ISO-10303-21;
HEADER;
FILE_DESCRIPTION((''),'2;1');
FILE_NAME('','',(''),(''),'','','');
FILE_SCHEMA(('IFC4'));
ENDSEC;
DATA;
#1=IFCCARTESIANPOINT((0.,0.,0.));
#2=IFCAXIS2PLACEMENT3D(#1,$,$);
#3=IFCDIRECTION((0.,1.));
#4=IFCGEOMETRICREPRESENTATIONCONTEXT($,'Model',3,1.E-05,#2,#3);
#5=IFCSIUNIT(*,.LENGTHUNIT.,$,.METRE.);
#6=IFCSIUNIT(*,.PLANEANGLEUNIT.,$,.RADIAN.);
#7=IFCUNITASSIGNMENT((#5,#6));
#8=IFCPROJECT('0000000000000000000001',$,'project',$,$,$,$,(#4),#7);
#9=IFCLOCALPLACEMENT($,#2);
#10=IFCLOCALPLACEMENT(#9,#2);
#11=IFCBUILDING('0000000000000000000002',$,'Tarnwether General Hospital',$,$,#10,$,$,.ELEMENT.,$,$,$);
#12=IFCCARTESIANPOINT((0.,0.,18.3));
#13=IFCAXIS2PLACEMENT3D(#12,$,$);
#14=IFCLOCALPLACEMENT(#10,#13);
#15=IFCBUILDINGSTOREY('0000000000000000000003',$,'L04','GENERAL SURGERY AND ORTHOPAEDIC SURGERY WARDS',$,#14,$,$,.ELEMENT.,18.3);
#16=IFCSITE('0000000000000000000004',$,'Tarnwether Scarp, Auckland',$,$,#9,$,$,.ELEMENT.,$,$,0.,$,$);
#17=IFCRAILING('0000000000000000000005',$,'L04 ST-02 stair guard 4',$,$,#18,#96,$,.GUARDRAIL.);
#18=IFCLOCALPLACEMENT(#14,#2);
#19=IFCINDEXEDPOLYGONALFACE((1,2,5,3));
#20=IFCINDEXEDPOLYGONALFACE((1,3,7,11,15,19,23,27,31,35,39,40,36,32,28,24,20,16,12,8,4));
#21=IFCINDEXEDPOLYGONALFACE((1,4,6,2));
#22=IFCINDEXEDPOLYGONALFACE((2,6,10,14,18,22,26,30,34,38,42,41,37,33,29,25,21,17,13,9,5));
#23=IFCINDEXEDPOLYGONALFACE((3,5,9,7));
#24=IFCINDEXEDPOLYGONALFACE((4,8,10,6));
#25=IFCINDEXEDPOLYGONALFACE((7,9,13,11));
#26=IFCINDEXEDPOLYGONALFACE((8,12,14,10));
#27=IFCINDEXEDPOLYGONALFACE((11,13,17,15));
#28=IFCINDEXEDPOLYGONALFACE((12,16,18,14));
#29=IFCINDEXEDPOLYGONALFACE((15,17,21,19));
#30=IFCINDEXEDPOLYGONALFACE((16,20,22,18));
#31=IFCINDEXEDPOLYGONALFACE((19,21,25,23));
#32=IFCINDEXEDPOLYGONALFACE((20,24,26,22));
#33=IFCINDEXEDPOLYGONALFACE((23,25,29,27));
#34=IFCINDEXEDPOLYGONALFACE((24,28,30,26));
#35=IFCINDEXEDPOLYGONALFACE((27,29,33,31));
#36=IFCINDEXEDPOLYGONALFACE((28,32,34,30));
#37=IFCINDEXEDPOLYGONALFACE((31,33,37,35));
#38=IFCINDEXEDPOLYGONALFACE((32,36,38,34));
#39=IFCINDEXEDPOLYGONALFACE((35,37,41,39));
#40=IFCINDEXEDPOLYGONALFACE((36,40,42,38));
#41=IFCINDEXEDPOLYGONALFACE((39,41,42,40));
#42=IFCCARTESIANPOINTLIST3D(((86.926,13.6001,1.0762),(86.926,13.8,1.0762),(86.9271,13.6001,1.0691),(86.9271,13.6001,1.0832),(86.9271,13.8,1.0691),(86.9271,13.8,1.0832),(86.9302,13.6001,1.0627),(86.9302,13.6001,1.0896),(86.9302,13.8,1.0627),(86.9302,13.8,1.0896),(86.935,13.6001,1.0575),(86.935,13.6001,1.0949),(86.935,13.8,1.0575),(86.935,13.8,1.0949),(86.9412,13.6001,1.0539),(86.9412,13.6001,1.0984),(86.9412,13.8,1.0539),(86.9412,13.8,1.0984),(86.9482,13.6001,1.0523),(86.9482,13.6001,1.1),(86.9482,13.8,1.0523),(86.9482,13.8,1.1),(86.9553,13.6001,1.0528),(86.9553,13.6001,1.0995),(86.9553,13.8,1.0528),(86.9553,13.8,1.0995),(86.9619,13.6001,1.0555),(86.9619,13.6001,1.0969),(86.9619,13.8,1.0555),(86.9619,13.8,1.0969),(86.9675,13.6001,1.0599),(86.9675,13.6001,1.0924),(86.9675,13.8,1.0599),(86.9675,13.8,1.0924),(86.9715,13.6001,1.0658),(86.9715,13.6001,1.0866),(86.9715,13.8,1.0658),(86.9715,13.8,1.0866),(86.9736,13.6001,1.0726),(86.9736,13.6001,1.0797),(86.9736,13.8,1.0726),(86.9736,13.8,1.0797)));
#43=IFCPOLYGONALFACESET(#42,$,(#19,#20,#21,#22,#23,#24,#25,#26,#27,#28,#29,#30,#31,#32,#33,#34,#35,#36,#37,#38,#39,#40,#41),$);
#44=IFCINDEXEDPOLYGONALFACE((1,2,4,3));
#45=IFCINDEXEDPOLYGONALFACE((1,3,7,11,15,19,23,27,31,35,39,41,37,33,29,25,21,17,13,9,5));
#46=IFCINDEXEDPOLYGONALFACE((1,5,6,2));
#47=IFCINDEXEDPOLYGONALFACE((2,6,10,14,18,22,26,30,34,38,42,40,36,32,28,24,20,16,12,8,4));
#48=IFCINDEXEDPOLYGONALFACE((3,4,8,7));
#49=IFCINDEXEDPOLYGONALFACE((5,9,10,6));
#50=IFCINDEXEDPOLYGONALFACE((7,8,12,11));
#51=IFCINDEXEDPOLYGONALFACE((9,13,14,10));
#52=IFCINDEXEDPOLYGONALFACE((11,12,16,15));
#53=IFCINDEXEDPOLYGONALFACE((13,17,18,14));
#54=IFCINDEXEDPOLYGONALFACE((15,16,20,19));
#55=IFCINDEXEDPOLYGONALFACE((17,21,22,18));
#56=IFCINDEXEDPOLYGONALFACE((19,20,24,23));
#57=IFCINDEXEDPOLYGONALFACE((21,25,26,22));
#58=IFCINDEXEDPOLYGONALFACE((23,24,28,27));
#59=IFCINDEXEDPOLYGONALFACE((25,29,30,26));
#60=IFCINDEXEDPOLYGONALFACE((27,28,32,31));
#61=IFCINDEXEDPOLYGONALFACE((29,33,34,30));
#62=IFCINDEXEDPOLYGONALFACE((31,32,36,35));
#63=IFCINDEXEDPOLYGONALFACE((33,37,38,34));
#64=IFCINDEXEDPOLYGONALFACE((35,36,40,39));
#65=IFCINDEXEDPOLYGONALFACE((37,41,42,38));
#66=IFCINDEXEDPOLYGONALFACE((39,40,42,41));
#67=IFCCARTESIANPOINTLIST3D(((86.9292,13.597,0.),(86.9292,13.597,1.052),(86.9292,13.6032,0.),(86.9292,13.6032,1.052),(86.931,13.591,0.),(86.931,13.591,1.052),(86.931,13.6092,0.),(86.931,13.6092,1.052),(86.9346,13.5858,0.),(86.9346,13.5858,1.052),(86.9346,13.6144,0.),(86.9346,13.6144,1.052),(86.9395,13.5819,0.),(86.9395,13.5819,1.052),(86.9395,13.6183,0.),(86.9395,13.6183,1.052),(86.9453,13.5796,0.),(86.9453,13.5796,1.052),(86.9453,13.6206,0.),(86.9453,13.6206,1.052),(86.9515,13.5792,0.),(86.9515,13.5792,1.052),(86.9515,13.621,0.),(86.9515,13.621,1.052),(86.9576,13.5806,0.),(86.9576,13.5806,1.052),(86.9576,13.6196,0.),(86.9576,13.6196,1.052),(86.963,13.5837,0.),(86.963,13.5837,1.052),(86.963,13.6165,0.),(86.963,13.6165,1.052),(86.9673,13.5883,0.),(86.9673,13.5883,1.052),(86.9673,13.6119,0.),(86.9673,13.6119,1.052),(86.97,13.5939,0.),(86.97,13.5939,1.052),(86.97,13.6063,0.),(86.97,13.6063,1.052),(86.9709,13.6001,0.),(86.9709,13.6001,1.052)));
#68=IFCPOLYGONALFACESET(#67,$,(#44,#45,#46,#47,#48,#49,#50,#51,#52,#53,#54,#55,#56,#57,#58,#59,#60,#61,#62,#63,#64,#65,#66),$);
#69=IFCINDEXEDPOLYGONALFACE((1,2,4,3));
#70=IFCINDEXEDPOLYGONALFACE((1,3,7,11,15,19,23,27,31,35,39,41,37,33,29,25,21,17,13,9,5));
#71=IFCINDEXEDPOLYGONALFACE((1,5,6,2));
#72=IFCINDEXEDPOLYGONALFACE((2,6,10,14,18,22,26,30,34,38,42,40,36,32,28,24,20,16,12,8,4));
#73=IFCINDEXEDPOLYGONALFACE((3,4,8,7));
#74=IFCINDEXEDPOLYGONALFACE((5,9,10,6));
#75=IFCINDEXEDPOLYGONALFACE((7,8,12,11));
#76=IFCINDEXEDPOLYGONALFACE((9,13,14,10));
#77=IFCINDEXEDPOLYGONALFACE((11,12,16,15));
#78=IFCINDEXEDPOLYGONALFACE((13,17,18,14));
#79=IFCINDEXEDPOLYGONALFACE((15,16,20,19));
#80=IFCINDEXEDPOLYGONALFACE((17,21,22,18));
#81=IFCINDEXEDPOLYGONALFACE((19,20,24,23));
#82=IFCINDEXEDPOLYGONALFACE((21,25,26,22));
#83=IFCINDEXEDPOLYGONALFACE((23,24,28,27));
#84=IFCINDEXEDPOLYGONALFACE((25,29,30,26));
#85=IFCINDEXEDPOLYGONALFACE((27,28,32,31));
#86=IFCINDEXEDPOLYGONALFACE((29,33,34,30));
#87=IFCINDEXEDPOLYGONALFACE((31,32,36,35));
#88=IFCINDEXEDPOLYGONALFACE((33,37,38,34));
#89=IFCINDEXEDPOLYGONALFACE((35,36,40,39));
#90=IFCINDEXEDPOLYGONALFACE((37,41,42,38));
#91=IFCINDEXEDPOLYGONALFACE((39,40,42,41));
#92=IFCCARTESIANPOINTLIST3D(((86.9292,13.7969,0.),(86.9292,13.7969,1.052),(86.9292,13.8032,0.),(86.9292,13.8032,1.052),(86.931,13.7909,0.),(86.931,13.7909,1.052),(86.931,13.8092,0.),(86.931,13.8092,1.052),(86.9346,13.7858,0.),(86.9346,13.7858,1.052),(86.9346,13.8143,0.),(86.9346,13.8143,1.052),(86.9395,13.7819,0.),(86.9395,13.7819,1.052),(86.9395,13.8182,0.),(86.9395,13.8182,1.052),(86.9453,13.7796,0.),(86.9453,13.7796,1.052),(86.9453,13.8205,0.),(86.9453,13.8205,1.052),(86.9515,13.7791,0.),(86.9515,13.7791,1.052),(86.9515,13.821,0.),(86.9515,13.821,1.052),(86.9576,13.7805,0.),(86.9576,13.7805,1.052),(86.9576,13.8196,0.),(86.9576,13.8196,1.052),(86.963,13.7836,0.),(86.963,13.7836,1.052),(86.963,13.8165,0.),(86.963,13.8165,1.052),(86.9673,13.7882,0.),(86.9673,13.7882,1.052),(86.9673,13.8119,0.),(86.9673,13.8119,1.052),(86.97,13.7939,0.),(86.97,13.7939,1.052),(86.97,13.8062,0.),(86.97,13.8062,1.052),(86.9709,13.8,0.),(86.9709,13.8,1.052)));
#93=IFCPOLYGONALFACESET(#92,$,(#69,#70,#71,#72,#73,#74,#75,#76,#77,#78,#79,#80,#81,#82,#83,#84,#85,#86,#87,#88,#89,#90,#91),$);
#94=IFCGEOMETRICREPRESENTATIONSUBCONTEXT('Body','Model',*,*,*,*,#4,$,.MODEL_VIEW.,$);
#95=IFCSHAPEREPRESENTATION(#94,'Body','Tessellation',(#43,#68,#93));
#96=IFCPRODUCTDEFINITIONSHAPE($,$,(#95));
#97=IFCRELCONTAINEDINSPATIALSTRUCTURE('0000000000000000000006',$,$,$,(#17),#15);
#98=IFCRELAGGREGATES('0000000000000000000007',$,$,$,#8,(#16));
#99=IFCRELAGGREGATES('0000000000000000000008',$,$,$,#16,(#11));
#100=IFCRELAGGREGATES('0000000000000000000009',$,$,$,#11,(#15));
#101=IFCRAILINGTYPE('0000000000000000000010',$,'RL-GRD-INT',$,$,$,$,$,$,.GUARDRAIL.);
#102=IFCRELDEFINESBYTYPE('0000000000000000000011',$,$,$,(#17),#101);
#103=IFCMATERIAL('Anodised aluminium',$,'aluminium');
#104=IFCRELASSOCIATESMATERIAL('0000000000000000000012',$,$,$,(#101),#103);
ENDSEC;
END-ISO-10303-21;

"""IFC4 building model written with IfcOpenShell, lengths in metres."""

from ifc_helpers import new_model, si_unit, direction, frame, origin, origin_2d, place, context, subcontext, project, spatial, circle, extrude, material, type_object, element, save


model = new_model("IFC4")

# Units and contexts
model_context = context("Model", 3, precision=1e-05, world=origin(), true_north=direction((0.0, 1.0)))
body_context = subcontext(model_context, "Body", "Model", "MODEL_VIEW")
ifc_project = project(units=[si_unit("LENGTHUNIT", "METRE"), si_unit("PLANEANGLEUNIT", "RADIAN")], contexts=[model_context])

# Site, building, storey
site_placement = place(None, origin())
site = spatial("IfcSite", under=ifc_project, at=site_placement, Name="Tarnwether Scarp, Auckland", CompositionType="ELEMENT", RefElevation=0.0)
building_placement = place(site_placement, origin())
building = spatial("IfcBuilding", under=site, at=building_placement, Name="Tarnwether General Hospital", CompositionType="ELEMENT")
storey_placement = place(building_placement, frame((0.0, 0.0, 18.3)))
storey = spatial("IfcBuildingStorey", under=building, at=storey_placement, Name="L04", Description="GENERAL SURGERY AND ORTHOPAEDIC SURGERY WARDS", CompositionType="ELEMENT", Elevation=18.3)

# Railing
ifc_material_1 = material(Name="Anodised aluminium", Category="aluminium")
railing_type_1 = type_object("IfcRailingType", Name="RL-GRD-INT", PredefinedType="GUARDRAIL", material=ifc_material_1)
railing_1_placement = place(storey_placement, frame((86.95, 13.6001, 0.0)))
element("IfcRailing", 1, at=railing_1_placement, inside=storey, type_object=railing_type_1, Name="L04 ST-02 stair guard 4", PredefinedType="GUARDRAIL", context=body_context, shape_type="SweptSolid", body=[
    extrude(circle(Radius=0.0239, at=origin_2d()), frame((0.0, 0.0, 1.0762), z_axis=(0.0, 1.0, 0.0), x_axis=(-1.0, 0.0, 0.0)), (0.0, 0.0, 1.0), 0.2),
    extrude(circle(Radius=0.021, at=origin_2d()), origin(), (0.0, 0.0, 1.0), 1.052),
    extrude(circle(Radius=0.021, at=origin_2d()), frame((0.0, 0.2, 0.0)), (0.0, 0.0, 1.0), 1.052),
])

save(model, "model.ifc")
